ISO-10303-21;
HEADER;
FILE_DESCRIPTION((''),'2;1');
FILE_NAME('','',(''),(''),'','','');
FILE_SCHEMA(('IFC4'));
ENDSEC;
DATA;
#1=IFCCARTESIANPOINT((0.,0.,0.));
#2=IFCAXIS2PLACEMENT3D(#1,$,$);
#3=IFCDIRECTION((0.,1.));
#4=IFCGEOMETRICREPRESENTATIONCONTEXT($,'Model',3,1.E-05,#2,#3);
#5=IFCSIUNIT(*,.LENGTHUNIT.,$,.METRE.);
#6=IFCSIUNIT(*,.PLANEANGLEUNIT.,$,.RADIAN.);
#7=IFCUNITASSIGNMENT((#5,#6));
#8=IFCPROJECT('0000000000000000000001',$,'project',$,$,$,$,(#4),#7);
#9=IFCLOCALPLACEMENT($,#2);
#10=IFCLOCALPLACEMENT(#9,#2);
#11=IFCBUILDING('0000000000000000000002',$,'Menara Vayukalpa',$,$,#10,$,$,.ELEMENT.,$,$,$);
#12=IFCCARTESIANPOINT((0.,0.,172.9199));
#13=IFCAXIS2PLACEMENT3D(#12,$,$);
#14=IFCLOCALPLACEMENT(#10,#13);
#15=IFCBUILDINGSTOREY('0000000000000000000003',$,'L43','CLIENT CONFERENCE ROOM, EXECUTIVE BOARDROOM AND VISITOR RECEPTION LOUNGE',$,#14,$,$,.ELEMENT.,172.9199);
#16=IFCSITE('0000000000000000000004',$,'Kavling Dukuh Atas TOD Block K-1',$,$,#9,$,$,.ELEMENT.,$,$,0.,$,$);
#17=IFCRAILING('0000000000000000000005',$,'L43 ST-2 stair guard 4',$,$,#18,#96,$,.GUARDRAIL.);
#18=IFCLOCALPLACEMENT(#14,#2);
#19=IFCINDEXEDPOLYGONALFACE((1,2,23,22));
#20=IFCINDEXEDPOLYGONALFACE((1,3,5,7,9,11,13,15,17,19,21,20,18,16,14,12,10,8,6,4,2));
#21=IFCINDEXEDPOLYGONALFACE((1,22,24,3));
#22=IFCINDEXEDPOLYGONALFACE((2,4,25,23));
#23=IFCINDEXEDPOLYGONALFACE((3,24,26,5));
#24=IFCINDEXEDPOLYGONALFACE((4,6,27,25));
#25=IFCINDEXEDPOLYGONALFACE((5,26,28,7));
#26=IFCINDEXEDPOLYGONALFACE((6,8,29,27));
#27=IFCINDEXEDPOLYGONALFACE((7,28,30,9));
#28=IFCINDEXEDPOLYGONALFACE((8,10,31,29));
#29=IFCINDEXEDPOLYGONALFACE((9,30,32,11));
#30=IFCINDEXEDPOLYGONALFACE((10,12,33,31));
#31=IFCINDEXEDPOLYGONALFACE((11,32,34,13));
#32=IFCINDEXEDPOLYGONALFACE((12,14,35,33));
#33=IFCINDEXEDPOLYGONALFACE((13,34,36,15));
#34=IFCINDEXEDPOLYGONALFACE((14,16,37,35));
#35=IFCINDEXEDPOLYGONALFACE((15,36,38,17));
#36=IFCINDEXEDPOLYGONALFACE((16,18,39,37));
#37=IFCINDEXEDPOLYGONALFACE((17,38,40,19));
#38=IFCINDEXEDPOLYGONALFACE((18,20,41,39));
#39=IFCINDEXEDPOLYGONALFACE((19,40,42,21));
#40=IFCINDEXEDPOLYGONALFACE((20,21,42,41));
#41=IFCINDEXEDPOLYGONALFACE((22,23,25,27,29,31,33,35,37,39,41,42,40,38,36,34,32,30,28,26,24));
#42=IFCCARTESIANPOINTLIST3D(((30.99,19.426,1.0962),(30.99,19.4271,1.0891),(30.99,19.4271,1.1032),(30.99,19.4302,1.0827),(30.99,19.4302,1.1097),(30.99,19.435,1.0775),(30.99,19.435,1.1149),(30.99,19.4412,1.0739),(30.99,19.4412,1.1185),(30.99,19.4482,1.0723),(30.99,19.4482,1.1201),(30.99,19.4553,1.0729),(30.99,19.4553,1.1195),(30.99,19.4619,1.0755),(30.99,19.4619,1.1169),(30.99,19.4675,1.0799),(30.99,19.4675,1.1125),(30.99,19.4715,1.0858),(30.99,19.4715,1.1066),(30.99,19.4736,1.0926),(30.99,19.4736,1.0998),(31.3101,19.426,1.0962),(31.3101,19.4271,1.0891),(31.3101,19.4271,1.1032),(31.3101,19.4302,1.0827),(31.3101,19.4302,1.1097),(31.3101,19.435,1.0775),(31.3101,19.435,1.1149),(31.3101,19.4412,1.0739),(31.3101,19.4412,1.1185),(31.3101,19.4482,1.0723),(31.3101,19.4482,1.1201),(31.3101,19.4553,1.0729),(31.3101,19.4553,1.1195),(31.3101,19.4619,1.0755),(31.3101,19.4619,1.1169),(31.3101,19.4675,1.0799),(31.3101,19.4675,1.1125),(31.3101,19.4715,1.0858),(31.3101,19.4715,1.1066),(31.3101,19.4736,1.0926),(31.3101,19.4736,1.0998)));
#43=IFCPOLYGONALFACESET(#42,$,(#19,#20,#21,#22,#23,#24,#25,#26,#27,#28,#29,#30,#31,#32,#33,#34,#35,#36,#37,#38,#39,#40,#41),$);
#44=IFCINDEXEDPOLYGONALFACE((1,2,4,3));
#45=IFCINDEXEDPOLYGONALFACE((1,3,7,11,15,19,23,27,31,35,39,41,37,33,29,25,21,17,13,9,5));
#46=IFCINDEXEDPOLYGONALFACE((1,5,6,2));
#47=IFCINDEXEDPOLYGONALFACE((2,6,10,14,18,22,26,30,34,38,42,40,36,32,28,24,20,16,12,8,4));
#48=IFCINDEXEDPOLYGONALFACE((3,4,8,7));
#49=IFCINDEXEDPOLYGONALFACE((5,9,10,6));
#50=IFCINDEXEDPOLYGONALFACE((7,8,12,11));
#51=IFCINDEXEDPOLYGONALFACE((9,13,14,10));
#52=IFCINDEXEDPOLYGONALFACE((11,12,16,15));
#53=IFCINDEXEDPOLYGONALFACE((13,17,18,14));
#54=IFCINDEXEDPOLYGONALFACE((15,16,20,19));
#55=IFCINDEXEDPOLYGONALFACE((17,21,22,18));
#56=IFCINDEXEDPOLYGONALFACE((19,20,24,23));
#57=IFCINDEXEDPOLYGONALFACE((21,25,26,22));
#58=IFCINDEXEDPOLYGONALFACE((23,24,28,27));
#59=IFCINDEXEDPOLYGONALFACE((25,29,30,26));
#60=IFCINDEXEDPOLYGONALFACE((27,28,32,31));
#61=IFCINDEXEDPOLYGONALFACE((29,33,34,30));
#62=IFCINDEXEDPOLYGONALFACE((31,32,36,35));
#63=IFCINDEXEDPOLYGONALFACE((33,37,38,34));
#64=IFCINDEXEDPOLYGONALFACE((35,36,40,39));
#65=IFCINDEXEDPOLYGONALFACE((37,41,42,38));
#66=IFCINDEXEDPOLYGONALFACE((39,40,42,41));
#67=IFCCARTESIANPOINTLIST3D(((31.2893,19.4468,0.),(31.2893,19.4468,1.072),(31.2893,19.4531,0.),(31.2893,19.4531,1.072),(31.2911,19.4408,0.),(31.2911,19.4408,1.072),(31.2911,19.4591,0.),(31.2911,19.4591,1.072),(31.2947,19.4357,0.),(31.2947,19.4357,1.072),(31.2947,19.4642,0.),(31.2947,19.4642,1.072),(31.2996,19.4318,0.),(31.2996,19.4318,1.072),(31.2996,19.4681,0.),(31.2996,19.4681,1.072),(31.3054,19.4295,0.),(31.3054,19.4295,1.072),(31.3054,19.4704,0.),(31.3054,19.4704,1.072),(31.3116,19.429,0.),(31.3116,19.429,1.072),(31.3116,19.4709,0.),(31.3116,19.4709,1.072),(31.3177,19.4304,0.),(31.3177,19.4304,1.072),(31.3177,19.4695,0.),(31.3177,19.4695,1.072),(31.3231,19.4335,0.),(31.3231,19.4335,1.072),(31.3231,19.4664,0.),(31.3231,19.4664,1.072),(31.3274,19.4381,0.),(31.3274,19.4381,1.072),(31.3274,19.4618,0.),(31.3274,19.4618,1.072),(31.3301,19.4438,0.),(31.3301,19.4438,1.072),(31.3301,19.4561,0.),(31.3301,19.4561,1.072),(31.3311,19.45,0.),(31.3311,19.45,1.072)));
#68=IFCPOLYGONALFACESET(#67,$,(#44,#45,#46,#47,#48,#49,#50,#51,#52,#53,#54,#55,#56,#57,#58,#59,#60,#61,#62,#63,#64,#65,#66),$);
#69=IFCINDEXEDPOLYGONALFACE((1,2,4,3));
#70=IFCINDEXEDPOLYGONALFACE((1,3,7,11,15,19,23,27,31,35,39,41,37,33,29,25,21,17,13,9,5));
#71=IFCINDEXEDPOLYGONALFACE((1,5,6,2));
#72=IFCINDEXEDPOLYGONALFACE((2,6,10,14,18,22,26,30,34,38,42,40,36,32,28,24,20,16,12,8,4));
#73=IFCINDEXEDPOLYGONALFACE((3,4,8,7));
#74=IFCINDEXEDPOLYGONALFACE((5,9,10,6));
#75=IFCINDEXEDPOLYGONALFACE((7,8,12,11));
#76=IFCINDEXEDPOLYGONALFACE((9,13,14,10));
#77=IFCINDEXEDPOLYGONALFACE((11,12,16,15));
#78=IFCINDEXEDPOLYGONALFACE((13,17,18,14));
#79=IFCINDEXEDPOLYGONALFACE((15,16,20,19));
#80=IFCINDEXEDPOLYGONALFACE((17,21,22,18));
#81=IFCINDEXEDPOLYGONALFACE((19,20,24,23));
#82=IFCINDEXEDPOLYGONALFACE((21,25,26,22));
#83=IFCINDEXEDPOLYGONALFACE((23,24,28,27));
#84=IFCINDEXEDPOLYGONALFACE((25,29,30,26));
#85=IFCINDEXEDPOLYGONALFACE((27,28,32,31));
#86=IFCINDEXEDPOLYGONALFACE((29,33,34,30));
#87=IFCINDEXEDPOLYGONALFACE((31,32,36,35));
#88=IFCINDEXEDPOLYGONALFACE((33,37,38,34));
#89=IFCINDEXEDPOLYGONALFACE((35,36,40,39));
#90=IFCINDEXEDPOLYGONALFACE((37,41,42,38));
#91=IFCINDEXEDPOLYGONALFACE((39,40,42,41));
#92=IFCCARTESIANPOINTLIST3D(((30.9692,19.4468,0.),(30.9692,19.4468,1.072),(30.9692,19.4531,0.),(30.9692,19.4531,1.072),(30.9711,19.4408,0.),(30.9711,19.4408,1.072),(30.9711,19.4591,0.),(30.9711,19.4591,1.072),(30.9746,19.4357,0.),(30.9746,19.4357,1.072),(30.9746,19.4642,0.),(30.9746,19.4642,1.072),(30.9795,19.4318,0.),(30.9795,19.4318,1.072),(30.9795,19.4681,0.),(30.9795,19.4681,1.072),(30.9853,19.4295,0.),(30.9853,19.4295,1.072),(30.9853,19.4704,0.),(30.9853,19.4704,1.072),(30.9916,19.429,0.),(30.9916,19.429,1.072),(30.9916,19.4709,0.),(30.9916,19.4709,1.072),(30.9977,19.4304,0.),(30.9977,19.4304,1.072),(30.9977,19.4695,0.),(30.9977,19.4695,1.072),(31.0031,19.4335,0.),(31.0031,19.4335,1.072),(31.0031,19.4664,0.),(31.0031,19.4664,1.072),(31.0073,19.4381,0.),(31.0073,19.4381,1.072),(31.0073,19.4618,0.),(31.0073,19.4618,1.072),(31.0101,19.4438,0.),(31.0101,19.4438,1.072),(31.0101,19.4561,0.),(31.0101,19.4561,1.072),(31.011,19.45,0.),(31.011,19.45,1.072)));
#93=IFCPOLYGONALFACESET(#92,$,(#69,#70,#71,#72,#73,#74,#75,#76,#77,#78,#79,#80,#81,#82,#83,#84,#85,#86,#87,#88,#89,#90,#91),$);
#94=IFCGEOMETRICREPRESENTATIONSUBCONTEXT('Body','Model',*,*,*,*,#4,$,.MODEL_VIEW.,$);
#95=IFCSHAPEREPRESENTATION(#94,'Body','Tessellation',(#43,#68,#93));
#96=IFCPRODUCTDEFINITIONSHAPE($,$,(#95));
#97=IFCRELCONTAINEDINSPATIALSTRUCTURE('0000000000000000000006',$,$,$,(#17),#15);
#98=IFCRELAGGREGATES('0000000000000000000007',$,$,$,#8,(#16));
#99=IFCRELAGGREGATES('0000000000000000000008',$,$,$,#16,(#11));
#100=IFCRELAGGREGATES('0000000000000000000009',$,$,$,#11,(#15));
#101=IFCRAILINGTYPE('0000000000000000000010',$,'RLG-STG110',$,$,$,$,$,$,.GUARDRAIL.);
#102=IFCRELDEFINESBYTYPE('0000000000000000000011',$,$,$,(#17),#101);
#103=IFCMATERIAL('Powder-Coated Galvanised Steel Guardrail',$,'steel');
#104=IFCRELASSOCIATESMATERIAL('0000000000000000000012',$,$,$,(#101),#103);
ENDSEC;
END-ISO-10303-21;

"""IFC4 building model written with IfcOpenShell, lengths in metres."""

from ifc_helpers import new_model, si_unit, direction, frame, origin, origin_2d, place, context, subcontext, project, spatial, circle, extrude, material, type_object, element, save


model = new_model("IFC4")

# Units and contexts
model_context = context("Model", 3, precision=1e-05, world=origin(), true_north=direction((0.0, 1.0)))
body_context = subcontext(model_context, "Body", "Model", "MODEL_VIEW")
ifc_project = project(units=[si_unit("LENGTHUNIT", "METRE"), si_unit("PLANEANGLEUNIT", "RADIAN")], contexts=[model_context])

# Site, building, storey
site_placement = place(None, origin())
site = spatial("IfcSite", under=ifc_project, at=site_placement, Name="Kavling Dukuh Atas TOD Block K-1", CompositionType="ELEMENT", RefElevation=0.0)
building_placement = place(site_placement, origin())
building = spatial("IfcBuilding", under=site, at=building_placement, Name="Menara Vayukalpa", CompositionType="ELEMENT")
storey_placement = place(building_placement, frame((0.0, 0.0, 172.9199)))
storey = spatial("IfcBuildingStorey", under=building, at=storey_placement, Name="L43", Description="CLIENT CONFERENCE ROOM, EXECUTIVE BOARDROOM AND VISITOR RECEPTION LOUNGE", CompositionType="ELEMENT", Elevation=172.9199)

# Railing
ifc_material_1 = material(Name="Powder-Coated Galvanised Steel Guardrail", Category="steel")
railing_type_1 = type_object("IfcRailingType", Name="RLG-STG110", PredefinedType="GUARDRAIL", material=ifc_material_1)
railing_1_placement = place(storey_placement, frame((31.3101, 19.45, 0.0)))
element("IfcRailing", 1, at=railing_1_placement, inside=storey, type_object=railing_type_1, Name="L43 ST-2 stair guard 4", PredefinedType="GUARDRAIL", context=body_context, shape_type="SweptSolid", body=[
    extrude(circle(Radius=0.0239, at=origin_2d()), frame((0.0, 0.0, 1.0962), z_axis=(-1.0, 0.0, 0.0), x_axis=(0.0, -1.0, 0.0)), (0.0, 0.0, 1.0), 0.3201),
    extrude(circle(Radius=0.021, at=origin_2d()), origin(), (0.0, 0.0, 1.0), 1.072),
    extrude(circle(Radius=0.021, at=origin_2d()), frame((-0.3201, 0.0, 0.0)), (0.0, 0.0, 1.0), 1.072),
])

save(model, "model.ifc")
